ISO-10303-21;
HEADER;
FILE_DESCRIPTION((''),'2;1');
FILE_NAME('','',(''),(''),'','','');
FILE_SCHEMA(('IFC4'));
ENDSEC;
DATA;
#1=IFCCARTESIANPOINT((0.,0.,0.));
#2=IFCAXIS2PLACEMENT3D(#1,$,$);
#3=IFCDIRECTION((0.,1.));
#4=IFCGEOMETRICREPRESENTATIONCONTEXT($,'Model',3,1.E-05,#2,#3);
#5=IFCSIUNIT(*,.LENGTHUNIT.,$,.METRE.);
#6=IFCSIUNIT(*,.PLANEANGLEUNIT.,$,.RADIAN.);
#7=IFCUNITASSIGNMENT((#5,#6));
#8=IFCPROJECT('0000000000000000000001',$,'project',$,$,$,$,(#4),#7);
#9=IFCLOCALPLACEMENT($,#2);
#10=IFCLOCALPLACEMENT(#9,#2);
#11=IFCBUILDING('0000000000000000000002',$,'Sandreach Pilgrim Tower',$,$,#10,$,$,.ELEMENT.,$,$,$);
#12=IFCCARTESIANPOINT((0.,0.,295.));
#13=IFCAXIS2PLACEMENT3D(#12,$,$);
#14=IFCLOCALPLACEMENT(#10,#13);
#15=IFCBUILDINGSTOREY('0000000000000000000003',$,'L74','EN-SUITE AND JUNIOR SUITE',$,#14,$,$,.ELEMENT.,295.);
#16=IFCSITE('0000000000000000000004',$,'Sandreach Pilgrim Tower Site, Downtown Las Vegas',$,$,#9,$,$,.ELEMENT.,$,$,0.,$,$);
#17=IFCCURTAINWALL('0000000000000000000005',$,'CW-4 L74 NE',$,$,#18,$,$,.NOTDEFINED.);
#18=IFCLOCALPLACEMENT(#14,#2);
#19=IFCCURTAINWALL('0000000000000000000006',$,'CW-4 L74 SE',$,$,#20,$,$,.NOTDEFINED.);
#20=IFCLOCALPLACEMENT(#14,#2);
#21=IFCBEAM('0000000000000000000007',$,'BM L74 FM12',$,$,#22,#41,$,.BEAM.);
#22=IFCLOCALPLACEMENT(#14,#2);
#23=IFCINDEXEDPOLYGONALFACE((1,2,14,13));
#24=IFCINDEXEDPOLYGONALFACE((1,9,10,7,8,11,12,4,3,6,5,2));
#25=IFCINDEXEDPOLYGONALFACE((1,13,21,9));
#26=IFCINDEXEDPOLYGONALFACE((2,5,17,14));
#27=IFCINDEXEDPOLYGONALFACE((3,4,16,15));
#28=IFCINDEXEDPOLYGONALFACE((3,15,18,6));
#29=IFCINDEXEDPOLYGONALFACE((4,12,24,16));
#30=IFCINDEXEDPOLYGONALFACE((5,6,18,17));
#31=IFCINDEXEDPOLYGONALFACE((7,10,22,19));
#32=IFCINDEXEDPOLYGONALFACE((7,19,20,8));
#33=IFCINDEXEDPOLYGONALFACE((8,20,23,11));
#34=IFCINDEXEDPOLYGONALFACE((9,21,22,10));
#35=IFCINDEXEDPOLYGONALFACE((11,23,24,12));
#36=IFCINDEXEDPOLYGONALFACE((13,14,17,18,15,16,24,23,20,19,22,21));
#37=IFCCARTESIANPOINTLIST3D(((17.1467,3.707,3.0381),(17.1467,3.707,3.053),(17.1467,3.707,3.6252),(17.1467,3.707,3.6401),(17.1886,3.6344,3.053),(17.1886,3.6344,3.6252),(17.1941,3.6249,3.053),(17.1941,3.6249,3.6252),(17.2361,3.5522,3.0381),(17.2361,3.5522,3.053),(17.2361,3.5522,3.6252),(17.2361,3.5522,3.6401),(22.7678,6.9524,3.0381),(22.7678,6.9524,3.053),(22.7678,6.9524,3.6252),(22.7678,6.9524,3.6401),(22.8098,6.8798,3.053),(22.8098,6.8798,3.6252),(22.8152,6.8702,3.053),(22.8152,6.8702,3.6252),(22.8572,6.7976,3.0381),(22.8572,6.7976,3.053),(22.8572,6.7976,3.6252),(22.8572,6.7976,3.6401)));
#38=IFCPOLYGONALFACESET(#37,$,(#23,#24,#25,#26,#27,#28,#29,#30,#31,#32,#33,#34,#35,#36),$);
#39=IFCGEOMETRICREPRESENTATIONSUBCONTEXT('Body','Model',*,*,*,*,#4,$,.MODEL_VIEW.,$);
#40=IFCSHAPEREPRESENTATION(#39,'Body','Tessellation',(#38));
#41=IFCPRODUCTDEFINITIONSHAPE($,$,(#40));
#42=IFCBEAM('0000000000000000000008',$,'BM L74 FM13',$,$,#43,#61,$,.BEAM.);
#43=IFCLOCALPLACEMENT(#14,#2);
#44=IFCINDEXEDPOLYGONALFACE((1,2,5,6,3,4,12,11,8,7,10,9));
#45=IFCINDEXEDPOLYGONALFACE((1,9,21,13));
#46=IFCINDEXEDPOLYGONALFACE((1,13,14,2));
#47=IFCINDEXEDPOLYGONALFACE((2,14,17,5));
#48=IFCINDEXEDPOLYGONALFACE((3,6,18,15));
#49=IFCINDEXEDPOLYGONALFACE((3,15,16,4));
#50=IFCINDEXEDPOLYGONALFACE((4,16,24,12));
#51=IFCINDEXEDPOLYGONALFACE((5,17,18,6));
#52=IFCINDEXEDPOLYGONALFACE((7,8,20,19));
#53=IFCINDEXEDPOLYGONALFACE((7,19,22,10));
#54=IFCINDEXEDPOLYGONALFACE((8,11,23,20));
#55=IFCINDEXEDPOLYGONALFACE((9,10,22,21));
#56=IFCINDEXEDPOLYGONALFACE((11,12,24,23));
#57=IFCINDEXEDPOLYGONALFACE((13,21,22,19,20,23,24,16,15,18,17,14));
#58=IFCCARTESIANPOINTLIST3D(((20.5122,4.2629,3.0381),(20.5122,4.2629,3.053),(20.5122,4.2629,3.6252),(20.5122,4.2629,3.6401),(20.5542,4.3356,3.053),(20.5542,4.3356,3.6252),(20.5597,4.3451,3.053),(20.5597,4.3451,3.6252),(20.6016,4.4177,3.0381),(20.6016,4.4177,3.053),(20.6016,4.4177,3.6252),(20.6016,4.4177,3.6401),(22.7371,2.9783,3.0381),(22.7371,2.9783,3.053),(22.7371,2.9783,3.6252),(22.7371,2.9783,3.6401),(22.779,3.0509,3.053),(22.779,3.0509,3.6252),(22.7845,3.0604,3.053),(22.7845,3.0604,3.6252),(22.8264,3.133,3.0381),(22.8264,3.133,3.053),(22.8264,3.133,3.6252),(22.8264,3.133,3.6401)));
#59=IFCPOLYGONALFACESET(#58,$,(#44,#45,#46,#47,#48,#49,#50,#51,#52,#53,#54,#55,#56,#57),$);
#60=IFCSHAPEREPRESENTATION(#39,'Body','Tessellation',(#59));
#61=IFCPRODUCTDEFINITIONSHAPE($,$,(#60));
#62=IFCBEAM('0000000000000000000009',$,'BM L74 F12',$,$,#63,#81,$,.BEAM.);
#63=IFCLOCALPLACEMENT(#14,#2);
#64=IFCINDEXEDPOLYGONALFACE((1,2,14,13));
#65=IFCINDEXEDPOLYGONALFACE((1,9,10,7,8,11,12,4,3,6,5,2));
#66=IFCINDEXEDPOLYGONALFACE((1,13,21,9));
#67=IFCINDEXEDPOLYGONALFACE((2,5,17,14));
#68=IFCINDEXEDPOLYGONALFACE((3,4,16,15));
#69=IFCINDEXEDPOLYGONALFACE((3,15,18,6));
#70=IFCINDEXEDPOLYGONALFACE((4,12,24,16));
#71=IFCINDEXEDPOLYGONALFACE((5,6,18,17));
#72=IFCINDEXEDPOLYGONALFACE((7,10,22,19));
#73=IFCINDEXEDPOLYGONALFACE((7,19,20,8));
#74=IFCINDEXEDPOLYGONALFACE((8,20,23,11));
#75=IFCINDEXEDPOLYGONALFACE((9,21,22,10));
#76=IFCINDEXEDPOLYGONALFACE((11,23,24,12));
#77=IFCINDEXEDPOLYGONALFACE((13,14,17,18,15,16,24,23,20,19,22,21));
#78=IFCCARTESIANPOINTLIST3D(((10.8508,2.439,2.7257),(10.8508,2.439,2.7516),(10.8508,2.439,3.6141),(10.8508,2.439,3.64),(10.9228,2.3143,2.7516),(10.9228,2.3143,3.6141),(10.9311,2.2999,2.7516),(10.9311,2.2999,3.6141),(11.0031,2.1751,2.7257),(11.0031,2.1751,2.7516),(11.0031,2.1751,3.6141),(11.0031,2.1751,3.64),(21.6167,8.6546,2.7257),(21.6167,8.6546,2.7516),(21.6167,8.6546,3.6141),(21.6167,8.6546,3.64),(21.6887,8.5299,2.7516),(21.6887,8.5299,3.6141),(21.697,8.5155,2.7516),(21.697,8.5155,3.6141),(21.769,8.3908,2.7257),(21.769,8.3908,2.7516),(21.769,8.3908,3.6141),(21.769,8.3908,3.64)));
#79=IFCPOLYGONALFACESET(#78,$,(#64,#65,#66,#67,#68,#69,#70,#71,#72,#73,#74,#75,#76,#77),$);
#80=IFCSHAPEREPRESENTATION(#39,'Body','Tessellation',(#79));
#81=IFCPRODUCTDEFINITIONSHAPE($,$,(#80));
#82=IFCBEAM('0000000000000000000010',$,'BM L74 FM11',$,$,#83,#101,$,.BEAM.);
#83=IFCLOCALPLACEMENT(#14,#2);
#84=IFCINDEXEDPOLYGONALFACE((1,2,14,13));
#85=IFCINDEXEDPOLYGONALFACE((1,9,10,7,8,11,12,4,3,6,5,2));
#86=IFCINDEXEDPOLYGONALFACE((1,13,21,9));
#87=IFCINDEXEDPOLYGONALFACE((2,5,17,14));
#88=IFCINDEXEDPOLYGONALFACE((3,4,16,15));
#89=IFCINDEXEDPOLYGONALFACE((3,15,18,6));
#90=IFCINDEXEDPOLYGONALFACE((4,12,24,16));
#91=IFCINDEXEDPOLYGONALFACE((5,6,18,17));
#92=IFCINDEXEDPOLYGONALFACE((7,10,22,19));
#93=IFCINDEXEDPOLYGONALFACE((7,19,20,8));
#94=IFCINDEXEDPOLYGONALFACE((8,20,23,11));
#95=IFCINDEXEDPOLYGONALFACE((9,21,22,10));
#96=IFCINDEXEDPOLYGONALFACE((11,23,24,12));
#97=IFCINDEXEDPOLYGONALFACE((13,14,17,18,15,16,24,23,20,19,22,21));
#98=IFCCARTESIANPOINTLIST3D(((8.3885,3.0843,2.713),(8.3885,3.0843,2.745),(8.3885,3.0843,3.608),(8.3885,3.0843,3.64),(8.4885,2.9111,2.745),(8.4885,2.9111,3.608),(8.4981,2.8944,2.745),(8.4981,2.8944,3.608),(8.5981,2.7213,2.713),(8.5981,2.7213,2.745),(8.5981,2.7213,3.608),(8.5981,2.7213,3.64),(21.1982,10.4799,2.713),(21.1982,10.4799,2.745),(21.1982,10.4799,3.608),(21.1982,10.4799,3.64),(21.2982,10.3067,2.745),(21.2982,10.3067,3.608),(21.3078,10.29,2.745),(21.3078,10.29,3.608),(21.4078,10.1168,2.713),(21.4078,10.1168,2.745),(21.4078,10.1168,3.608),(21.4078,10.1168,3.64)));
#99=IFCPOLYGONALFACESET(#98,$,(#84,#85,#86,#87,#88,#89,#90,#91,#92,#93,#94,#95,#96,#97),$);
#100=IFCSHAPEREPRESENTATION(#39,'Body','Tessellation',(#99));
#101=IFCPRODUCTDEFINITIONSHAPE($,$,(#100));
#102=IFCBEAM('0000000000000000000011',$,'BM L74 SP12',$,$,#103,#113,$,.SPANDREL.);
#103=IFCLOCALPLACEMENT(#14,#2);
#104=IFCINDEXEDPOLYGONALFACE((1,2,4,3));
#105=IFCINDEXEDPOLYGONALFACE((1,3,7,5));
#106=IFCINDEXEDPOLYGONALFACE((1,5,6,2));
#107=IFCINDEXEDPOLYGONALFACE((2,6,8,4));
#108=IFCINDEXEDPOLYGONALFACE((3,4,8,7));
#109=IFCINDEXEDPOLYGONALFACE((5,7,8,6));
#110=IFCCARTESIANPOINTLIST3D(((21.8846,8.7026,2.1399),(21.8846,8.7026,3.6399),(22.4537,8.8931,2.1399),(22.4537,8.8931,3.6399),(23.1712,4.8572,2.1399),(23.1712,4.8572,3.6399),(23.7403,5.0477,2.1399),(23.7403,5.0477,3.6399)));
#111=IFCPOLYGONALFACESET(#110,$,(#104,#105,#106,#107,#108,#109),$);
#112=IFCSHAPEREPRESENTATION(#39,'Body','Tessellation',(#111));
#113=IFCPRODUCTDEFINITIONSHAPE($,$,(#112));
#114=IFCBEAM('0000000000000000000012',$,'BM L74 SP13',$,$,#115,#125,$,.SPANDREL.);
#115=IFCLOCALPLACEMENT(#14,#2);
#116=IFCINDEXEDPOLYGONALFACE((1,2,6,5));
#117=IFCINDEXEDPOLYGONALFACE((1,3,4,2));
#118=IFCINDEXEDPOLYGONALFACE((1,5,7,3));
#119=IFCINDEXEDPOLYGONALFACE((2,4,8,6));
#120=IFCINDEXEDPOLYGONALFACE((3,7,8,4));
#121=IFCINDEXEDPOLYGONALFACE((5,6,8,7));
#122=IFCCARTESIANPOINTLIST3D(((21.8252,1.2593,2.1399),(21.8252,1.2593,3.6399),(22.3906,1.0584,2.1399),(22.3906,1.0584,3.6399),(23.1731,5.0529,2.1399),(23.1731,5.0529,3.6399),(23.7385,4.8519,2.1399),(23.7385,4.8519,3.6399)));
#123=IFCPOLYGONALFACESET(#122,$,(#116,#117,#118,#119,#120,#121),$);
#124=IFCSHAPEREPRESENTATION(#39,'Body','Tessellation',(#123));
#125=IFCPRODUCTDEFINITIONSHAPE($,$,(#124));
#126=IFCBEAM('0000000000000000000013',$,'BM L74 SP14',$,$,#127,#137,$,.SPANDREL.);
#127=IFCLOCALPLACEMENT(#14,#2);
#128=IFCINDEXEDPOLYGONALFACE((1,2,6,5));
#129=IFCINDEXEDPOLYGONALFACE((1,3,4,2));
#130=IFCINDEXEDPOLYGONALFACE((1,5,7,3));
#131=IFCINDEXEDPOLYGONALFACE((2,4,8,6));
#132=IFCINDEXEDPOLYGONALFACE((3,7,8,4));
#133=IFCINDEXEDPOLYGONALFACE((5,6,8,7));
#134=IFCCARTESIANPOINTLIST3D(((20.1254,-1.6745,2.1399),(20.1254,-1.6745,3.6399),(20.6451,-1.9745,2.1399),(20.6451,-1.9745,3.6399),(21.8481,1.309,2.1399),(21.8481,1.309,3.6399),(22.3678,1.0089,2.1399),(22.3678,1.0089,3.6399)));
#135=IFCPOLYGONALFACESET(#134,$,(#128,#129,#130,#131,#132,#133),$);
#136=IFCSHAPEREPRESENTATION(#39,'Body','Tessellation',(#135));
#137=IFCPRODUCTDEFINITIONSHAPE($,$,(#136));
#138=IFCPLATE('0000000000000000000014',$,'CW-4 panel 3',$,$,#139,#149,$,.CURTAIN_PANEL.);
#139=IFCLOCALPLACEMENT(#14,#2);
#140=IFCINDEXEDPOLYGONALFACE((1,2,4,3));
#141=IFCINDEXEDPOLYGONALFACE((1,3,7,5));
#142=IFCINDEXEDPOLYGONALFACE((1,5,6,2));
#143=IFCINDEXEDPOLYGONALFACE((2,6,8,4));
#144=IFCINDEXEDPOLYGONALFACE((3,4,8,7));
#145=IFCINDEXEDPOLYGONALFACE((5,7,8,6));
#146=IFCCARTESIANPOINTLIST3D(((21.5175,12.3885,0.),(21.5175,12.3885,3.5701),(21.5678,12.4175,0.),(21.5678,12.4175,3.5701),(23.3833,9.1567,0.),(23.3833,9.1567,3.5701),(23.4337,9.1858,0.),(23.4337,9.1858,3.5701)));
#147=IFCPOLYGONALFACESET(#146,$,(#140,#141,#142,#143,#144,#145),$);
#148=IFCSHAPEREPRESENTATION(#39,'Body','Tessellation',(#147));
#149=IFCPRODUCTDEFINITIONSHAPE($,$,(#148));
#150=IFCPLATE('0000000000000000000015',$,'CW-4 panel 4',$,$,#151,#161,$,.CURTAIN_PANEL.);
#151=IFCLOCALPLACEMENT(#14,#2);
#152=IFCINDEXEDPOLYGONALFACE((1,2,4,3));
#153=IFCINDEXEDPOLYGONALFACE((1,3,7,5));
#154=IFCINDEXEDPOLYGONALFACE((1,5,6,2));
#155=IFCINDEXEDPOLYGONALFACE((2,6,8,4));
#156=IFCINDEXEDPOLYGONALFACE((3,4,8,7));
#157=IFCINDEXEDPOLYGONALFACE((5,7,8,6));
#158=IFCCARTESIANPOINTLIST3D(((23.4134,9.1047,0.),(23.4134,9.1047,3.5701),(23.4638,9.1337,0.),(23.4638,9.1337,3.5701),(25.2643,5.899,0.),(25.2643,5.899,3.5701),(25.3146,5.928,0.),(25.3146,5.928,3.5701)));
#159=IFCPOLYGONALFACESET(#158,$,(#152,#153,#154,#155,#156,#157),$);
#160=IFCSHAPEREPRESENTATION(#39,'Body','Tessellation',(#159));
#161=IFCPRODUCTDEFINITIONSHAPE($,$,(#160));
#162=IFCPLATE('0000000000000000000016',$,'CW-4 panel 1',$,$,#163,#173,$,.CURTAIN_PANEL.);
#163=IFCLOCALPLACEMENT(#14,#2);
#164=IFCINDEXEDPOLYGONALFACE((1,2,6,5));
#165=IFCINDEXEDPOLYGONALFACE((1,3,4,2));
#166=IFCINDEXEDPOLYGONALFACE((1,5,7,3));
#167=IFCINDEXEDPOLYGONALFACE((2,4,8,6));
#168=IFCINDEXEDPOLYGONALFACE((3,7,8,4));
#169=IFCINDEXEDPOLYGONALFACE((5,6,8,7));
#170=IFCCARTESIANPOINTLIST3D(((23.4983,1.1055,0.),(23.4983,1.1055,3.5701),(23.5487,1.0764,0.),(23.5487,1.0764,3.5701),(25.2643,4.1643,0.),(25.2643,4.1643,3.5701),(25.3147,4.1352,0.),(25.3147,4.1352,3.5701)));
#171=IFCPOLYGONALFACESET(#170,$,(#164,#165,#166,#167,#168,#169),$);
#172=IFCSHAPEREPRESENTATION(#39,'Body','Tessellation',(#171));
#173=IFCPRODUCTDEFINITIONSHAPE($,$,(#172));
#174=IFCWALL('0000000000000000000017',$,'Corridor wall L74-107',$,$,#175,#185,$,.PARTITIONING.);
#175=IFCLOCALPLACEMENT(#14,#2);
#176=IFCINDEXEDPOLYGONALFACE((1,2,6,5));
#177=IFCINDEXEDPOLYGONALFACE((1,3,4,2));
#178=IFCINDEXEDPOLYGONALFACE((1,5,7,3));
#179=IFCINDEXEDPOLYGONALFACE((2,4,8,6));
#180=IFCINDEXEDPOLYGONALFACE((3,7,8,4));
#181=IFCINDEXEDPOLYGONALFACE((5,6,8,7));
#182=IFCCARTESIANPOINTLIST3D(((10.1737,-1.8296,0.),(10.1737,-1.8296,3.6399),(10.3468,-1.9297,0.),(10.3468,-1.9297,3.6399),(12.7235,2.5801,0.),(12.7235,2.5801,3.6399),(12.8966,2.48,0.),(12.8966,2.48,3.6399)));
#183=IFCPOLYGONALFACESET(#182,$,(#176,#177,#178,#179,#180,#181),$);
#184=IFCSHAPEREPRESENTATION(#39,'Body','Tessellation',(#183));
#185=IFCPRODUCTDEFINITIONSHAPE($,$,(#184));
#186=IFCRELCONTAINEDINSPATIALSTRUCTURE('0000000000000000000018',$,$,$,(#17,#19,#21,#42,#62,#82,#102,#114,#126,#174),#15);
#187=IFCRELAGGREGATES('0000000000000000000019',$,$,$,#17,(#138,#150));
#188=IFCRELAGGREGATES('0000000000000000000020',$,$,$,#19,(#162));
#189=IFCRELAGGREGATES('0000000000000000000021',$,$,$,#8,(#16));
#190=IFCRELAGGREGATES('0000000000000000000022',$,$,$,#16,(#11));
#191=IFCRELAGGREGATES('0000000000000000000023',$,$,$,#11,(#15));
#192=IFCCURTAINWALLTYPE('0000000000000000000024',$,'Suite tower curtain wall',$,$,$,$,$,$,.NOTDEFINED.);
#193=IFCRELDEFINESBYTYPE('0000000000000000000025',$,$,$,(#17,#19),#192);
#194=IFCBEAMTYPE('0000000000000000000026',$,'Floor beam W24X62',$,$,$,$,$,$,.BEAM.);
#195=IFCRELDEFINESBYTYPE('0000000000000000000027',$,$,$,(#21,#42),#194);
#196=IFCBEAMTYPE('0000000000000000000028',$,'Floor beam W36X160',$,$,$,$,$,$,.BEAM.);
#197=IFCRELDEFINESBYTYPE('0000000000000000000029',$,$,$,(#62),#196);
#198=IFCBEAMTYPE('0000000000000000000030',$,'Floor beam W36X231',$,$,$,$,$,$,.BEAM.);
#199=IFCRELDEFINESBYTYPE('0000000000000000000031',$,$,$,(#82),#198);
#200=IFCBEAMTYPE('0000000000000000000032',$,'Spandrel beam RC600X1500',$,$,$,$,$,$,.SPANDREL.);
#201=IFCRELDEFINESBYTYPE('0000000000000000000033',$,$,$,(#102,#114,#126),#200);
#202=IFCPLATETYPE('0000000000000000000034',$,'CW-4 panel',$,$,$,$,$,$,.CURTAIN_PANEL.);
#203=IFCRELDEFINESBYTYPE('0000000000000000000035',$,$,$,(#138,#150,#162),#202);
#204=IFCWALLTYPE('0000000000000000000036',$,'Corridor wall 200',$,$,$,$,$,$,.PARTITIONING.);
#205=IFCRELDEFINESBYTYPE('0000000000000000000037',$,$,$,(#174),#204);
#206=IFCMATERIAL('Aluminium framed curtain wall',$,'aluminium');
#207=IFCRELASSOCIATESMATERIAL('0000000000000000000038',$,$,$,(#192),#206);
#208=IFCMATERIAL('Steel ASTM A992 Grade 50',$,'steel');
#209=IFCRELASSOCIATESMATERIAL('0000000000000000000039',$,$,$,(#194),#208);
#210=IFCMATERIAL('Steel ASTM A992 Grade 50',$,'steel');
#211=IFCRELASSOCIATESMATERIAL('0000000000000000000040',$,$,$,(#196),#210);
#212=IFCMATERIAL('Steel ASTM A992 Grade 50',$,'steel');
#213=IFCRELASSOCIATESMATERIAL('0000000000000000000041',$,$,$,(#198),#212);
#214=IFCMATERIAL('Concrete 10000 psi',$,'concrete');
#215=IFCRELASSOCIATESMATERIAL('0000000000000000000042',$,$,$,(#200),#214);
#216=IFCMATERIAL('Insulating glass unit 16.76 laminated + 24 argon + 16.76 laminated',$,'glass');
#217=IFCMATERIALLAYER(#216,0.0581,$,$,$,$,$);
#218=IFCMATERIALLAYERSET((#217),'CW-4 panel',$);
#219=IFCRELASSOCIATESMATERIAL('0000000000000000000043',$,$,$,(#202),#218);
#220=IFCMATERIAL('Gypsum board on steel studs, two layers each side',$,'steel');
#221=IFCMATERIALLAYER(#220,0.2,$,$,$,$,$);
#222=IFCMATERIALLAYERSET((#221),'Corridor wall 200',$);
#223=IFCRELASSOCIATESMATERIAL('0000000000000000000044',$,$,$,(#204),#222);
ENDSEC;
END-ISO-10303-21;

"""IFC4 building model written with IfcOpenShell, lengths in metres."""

from ifc_helpers import new_model, si_unit, direction, frame, frame_2d, origin, origin_2d, place, context, subcontext, project, spatial, rectangle, i_section, extrude, material, layer, layer_set, material_profile, profile_set, type_object, element, aggregate, save


model = new_model("IFC4")

# Units and contexts
model_context = context("Model", 3, precision=1e-05, world=origin(), true_north=direction((0.0, 1.0)))
body_context = subcontext(model_context, "Body", "Model", "MODEL_VIEW")
ifc_project = project(units=[si_unit("LENGTHUNIT", "METRE"), si_unit("PLANEANGLEUNIT", "RADIAN")], contexts=[model_context])

# Site, building, storey
site_placement = place(None, origin())
site = spatial("IfcSite", under=ifc_project, at=site_placement, Name="Sandreach Pilgrim Tower Site, Downtown Las Vegas", CompositionType="ELEMENT", RefElevation=0.0)
building_placement = place(site_placement, origin())
building = spatial("IfcBuilding", under=site, at=building_placement, Name="Sandreach Pilgrim Tower", CompositionType="ELEMENT")
storey_placement = place(building_placement, frame((0.0, 0.0, 295.0)))
storey = spatial("IfcBuildingStorey", under=building, at=storey_placement, Name="L74", Description="EN-SUITE AND JUNIOR SUITE", CompositionType="ELEMENT", Elevation=295.0)

# Curtain walls
ifc_material_1 = material(Name="Aluminium framed curtain wall", Category="aluminium")
curtain_wall_type = type_object("IfcCurtainWallType", Name="Suite tower curtain wall", PredefinedType="NOTDEFINED", material=ifc_material_1)
curtain_wall_1_placement = place(storey_placement, origin())
curtain_wall_1 = element("IfcCurtainWall", 1, at=curtain_wall_1_placement, inside=storey, type_object=curtain_wall_type, Name="CW-4 L74 NE", PredefinedType="NOTDEFINED")
curtain_wall_2_placement = place(storey_placement, origin())
curtain_wall_2 = element("IfcCurtainWall", 2, at=curtain_wall_2_placement, inside=storey, type_object=curtain_wall_type, Name="CW-4 L74 SE", PredefinedType="NOTDEFINED")

# Beams
ifc_material_2 = material(Name="Steel ASTM A992 Grade 50", Category="steel")
ifc_material_profile_1 = material_profile(ifc_material_2, i_section(OverallWidth=0.1787, OverallDepth=0.6021, WebThickness=0.011, FlangeThickness=0.0149, at=origin_2d()), Name="W24X62")
ifc_profile_set_1 = profile_set([ifc_material_profile_1], Name="Steel ASTM A992 Grade 50")
beam_type_1 = type_object("IfcBeamType", Name="Floor beam W24X62", PredefinedType="BEAM", material=ifc_profile_set_1)
beam_1_placement = place(storey_placement, frame((22.8125, 6.875, 3.3391), z_axis=(-0.866024, -0.500002, 0.0), x_axis=(0.500002, -0.866024, 0.0)))
element("IfcBeam", 3, at=beam_1_placement, inside=storey, type_object=beam_type_1, Name="BM L74 FM12", PredefinedType="BEAM", context=body_context, shape_type="SweptSolid", body=[
    extrude(i_section(OverallWidth=0.1787, OverallDepth=0.6021, WebThickness=0.011, FlangeThickness=0.0149, at=origin_2d()), origin(), (0.0, 0.0, 1.0), 6.4907),
])
beam_2_placement = place(storey_placement, frame((22.7817, 3.0557, 3.3391), z_axis=(-0.866, 0.500043, 0.0), x_axis=(-0.500043, -0.866, 0.0)))
element("IfcBeam", 4, at=beam_2_placement, inside=storey, type_object=beam_type_1, Name="BM L74 FM13", PredefinedType="BEAM", context=body_context, shape_type="SweptSolid", body=[
    extrude(i_section(OverallWidth=0.1787, OverallDepth=0.6021, WebThickness=0.011, FlangeThickness=0.0149, at=origin_2d()), origin(), (0.0, 0.0, 1.0), 2.5691),
])
ifc_material_3 = material(Name="Steel ASTM A992 Grade 50", Category="steel")
ifc_material_profile_2 = material_profile(ifc_material_3, i_section(OverallWidth=0.3047, OverallDepth=0.9143, WebThickness=0.0166, FlangeThickness=0.0259, at=origin_2d()), Name="W36X160")
ifc_profile_set_2 = profile_set([ifc_material_profile_2], Name="Steel ASTM A992 Grade 50")
beam_type_2 = type_object("IfcBeamType", Name="Floor beam W36X160", PredefinedType="BEAM", material=ifc_profile_set_2)
beam_3_placement = place(storey_placement, frame((21.6929, 8.5227, 3.1829), z_axis=(-0.866029, -0.499994, 0.0), x_axis=(0.499994, -0.866029, 0.0)))
element("IfcBeam", 5, at=beam_3_placement, inside=storey, type_object=beam_type_2, Name="BM L74 F12", PredefinedType="BEAM", context=body_context, shape_type="SweptSolid", body=[
    extrude(i_section(OverallWidth=0.3047, OverallDepth=0.9143, WebThickness=0.0166, FlangeThickness=0.0259, at=origin_2d()), origin(), (0.0, 0.0, 1.0), 12.4314),
])
ifc_material_4 = material(Name="Steel ASTM A992 Grade 50", Category="steel")
ifc_material_profile_3 = material_profile(ifc_material_4, i_section(OverallWidth=0.4192, OverallDepth=0.927, WebThickness=0.0193, FlangeThickness=0.032, at=origin_2d()), Name="W36X231")
ifc_profile_set_3 = profile_set([ifc_material_profile_3], Name="Steel ASTM A992 Grade 50")
beam_type_3 = type_object("IfcBeamType", Name="Floor beam W36X231", PredefinedType="BEAM", material=ifc_profile_set_3)
beam_4_placement = place(storey_placement, frame((21.303, 10.2983, 3.1765), z_axis=(-0.866028, -0.499995, 0.0), x_axis=(0.499995, -0.866028, 0.0)))
element("IfcBeam", 6, at=beam_4_placement, inside=storey, type_object=beam_type_3, Name="BM L74 FM11", PredefinedType="BEAM", context=body_context, shape_type="SweptSolid", body=[
    extrude(i_section(OverallWidth=0.4192, OverallDepth=0.927, WebThickness=0.0193, FlangeThickness=0.032, at=origin_2d()), origin(), (0.0, 0.0, 1.0), 14.7913),
])
ifc_material_5 = material(Name="Concrete 10000 psi", Category="concrete")
ifc_material_profile_4 = material_profile(ifc_material_5, rectangle(XDim=0.6001, YDim=1.5, at=origin_2d()), Name="RC600X1500")
ifc_profile_set_4 = profile_set([ifc_material_profile_4], Name="Concrete 10000 psi")
beam_type_4 = type_object("IfcBeamType", Name="Spandrel beam RC600X1500", PredefinedType="SPANDREL", material=ifc_profile_set_4)
beam_5_placement = place(storey_placement, frame((22.1692, 8.7979, 2.8899), z_axis=(0.317293, -0.948327, 0.0), x_axis=(0.948327, 0.317293, 0.0)))
element("IfcBeam", 7, at=beam_5_placement, inside=storey, type_object=beam_type_4, Name="BM L74 SP12", PredefinedType="SPANDREL", context=body_context, shape_type="SweptSolid", body=[
    extrude(rectangle(XDim=0.6001, YDim=1.5, at=origin_2d()), origin(), (0.0, 0.0, 1.0), 4.0549),
])
beam_6_placement = place(storey_placement, frame((23.4558, 4.9524, 2.8899), z_axis=(-0.334815, -0.942284, 0.0), x_axis=(0.942284, -0.334815, 0.0)))
element("IfcBeam", 8, at=beam_6_placement, inside=storey, type_object=beam_type_4, Name="BM L74 SP13", PredefinedType="SPANDREL", context=body_context, shape_type="SweptSolid", body=[
    extrude(rectangle(XDim=0.6001, YDim=1.5, at=origin_2d()), origin(), (0.0, 0.0, 1.0), 4.0259),
])
beam_7_placement = place(storey_placement, frame((22.1079, 1.1589, 2.8899), z_axis=(-0.500041, -0.866001, 0.0), x_axis=(0.866001, -0.500041, 0.0)))
element("IfcBeam", 9, at=beam_7_placement, inside=storey, type_object=beam_type_4, Name="BM L74 SP14", PredefinedType="SPANDREL", context=body_context, shape_type="SweptSolid", body=[
    extrude(rectangle(XDim=0.6001, YDim=1.5, at=origin_2d()), origin(), (0.0, 0.0, 1.0), 3.4451),
])

# Plates
ifc_material_6 = material(Name="Insulating glass unit 16.76 laminated + 24 argon + 16.76 laminated", Category="glass")
ifc_layer_1 = layer(ifc_material_6, 0.0581)
ifc_layer_set_1 = layer_set([ifc_layer_1], Name="CW-4 panel")
plate_type = type_object("IfcPlateType", Name="CW-4 panel", PredefinedType="CURTAIN_PANEL", material=ifc_layer_set_1)
plate_1_placement = place(storey_placement, frame((22.4756, 10.7871, 0.0), z_axis=(0.0, 0.0, 1.0), x_axis=(0.5, -0.866025, 0.0)))
plate_1 = element("IfcPlate", 10, at=plate_1_placement, type_object=plate_type, Name="CW-4 panel 3", PredefinedType="CURTAIN_PANEL", context=body_context, shape_type="SweptSolid", body=[
    extrude(rectangle(XDim=3.7317, YDim=0.0581, at=origin_2d()), origin(), (0.0, 0.0, 1.0), 3.5701),
])
plate_2_placement = place(storey_placement, frame((24.364, 7.5164, 0.0), z_axis=(0.0, 0.0, 1.0), x_axis=(0.5, -0.866025, 0.0)))
plate_2 = element("IfcPlate", 11, at=plate_2_placement, type_object=plate_type, Name="CW-4 panel 4", PredefinedType="CURTAIN_PANEL", context=body_context, shape_type="SweptSolid", body=[
    extrude(rectangle(XDim=3.7017, YDim=0.0581, at=origin_2d()), origin(), (0.0, 0.0, 1.0), 3.5701),
])
aggregate(curtain_wall_1, [plate_1, plate_2])
plate_3_placement = place(storey_placement, frame((24.4065, 2.6204, 0.0), z_axis=(0.0, 0.0, 1.0), x_axis=(-0.5, -0.866025, 0.0)))
plate_3 = element("IfcPlate", 12, at=plate_3_placement, type_object=plate_type, Name="CW-4 panel 1", PredefinedType="CURTAIN_PANEL", context=body_context, shape_type="SweptSolid", body=[
    extrude(rectangle(XDim=3.532, YDim=0.0581, at=origin_2d()), origin(), (0.0, 0.0, 1.0), 3.5701),
])
aggregate(curtain_wall_2, [plate_3])

# Wall
ifc_material_7 = material(Name="Gypsum board on steel studs, two layers each side", Category="steel")
ifc_layer_2 = layer(ifc_material_7, 0.2)
ifc_layer_set_2 = layer_set([ifc_layer_2], Name="Corridor wall 200")
wall_type_1 = type_object("IfcWallType", Name="Corridor wall 200", PredefinedType="PARTITIONING", material=ifc_layer_set_2)
wall_1_placement = place(storey_placement, frame((12.8101, 2.53, 0.0), z_axis=(0.0, 0.0, 1.0), x_axis=(-0.500571, -0.865695, 0.0)))
element("IfcWall", 13, at=wall_1_placement, inside=storey, type_object=wall_type_1, Name="Corridor wall L74-107", PredefinedType="PARTITIONING", context=body_context, shape_type="SweptSolid", body=[
    extrude(rectangle(XDim=5.0938, YDim=0.2, at=frame_2d((2.5469, 0.0))), origin(), (0.0, 0.0, 1.0), 3.6399),
])

save(model, "model.ifc")
